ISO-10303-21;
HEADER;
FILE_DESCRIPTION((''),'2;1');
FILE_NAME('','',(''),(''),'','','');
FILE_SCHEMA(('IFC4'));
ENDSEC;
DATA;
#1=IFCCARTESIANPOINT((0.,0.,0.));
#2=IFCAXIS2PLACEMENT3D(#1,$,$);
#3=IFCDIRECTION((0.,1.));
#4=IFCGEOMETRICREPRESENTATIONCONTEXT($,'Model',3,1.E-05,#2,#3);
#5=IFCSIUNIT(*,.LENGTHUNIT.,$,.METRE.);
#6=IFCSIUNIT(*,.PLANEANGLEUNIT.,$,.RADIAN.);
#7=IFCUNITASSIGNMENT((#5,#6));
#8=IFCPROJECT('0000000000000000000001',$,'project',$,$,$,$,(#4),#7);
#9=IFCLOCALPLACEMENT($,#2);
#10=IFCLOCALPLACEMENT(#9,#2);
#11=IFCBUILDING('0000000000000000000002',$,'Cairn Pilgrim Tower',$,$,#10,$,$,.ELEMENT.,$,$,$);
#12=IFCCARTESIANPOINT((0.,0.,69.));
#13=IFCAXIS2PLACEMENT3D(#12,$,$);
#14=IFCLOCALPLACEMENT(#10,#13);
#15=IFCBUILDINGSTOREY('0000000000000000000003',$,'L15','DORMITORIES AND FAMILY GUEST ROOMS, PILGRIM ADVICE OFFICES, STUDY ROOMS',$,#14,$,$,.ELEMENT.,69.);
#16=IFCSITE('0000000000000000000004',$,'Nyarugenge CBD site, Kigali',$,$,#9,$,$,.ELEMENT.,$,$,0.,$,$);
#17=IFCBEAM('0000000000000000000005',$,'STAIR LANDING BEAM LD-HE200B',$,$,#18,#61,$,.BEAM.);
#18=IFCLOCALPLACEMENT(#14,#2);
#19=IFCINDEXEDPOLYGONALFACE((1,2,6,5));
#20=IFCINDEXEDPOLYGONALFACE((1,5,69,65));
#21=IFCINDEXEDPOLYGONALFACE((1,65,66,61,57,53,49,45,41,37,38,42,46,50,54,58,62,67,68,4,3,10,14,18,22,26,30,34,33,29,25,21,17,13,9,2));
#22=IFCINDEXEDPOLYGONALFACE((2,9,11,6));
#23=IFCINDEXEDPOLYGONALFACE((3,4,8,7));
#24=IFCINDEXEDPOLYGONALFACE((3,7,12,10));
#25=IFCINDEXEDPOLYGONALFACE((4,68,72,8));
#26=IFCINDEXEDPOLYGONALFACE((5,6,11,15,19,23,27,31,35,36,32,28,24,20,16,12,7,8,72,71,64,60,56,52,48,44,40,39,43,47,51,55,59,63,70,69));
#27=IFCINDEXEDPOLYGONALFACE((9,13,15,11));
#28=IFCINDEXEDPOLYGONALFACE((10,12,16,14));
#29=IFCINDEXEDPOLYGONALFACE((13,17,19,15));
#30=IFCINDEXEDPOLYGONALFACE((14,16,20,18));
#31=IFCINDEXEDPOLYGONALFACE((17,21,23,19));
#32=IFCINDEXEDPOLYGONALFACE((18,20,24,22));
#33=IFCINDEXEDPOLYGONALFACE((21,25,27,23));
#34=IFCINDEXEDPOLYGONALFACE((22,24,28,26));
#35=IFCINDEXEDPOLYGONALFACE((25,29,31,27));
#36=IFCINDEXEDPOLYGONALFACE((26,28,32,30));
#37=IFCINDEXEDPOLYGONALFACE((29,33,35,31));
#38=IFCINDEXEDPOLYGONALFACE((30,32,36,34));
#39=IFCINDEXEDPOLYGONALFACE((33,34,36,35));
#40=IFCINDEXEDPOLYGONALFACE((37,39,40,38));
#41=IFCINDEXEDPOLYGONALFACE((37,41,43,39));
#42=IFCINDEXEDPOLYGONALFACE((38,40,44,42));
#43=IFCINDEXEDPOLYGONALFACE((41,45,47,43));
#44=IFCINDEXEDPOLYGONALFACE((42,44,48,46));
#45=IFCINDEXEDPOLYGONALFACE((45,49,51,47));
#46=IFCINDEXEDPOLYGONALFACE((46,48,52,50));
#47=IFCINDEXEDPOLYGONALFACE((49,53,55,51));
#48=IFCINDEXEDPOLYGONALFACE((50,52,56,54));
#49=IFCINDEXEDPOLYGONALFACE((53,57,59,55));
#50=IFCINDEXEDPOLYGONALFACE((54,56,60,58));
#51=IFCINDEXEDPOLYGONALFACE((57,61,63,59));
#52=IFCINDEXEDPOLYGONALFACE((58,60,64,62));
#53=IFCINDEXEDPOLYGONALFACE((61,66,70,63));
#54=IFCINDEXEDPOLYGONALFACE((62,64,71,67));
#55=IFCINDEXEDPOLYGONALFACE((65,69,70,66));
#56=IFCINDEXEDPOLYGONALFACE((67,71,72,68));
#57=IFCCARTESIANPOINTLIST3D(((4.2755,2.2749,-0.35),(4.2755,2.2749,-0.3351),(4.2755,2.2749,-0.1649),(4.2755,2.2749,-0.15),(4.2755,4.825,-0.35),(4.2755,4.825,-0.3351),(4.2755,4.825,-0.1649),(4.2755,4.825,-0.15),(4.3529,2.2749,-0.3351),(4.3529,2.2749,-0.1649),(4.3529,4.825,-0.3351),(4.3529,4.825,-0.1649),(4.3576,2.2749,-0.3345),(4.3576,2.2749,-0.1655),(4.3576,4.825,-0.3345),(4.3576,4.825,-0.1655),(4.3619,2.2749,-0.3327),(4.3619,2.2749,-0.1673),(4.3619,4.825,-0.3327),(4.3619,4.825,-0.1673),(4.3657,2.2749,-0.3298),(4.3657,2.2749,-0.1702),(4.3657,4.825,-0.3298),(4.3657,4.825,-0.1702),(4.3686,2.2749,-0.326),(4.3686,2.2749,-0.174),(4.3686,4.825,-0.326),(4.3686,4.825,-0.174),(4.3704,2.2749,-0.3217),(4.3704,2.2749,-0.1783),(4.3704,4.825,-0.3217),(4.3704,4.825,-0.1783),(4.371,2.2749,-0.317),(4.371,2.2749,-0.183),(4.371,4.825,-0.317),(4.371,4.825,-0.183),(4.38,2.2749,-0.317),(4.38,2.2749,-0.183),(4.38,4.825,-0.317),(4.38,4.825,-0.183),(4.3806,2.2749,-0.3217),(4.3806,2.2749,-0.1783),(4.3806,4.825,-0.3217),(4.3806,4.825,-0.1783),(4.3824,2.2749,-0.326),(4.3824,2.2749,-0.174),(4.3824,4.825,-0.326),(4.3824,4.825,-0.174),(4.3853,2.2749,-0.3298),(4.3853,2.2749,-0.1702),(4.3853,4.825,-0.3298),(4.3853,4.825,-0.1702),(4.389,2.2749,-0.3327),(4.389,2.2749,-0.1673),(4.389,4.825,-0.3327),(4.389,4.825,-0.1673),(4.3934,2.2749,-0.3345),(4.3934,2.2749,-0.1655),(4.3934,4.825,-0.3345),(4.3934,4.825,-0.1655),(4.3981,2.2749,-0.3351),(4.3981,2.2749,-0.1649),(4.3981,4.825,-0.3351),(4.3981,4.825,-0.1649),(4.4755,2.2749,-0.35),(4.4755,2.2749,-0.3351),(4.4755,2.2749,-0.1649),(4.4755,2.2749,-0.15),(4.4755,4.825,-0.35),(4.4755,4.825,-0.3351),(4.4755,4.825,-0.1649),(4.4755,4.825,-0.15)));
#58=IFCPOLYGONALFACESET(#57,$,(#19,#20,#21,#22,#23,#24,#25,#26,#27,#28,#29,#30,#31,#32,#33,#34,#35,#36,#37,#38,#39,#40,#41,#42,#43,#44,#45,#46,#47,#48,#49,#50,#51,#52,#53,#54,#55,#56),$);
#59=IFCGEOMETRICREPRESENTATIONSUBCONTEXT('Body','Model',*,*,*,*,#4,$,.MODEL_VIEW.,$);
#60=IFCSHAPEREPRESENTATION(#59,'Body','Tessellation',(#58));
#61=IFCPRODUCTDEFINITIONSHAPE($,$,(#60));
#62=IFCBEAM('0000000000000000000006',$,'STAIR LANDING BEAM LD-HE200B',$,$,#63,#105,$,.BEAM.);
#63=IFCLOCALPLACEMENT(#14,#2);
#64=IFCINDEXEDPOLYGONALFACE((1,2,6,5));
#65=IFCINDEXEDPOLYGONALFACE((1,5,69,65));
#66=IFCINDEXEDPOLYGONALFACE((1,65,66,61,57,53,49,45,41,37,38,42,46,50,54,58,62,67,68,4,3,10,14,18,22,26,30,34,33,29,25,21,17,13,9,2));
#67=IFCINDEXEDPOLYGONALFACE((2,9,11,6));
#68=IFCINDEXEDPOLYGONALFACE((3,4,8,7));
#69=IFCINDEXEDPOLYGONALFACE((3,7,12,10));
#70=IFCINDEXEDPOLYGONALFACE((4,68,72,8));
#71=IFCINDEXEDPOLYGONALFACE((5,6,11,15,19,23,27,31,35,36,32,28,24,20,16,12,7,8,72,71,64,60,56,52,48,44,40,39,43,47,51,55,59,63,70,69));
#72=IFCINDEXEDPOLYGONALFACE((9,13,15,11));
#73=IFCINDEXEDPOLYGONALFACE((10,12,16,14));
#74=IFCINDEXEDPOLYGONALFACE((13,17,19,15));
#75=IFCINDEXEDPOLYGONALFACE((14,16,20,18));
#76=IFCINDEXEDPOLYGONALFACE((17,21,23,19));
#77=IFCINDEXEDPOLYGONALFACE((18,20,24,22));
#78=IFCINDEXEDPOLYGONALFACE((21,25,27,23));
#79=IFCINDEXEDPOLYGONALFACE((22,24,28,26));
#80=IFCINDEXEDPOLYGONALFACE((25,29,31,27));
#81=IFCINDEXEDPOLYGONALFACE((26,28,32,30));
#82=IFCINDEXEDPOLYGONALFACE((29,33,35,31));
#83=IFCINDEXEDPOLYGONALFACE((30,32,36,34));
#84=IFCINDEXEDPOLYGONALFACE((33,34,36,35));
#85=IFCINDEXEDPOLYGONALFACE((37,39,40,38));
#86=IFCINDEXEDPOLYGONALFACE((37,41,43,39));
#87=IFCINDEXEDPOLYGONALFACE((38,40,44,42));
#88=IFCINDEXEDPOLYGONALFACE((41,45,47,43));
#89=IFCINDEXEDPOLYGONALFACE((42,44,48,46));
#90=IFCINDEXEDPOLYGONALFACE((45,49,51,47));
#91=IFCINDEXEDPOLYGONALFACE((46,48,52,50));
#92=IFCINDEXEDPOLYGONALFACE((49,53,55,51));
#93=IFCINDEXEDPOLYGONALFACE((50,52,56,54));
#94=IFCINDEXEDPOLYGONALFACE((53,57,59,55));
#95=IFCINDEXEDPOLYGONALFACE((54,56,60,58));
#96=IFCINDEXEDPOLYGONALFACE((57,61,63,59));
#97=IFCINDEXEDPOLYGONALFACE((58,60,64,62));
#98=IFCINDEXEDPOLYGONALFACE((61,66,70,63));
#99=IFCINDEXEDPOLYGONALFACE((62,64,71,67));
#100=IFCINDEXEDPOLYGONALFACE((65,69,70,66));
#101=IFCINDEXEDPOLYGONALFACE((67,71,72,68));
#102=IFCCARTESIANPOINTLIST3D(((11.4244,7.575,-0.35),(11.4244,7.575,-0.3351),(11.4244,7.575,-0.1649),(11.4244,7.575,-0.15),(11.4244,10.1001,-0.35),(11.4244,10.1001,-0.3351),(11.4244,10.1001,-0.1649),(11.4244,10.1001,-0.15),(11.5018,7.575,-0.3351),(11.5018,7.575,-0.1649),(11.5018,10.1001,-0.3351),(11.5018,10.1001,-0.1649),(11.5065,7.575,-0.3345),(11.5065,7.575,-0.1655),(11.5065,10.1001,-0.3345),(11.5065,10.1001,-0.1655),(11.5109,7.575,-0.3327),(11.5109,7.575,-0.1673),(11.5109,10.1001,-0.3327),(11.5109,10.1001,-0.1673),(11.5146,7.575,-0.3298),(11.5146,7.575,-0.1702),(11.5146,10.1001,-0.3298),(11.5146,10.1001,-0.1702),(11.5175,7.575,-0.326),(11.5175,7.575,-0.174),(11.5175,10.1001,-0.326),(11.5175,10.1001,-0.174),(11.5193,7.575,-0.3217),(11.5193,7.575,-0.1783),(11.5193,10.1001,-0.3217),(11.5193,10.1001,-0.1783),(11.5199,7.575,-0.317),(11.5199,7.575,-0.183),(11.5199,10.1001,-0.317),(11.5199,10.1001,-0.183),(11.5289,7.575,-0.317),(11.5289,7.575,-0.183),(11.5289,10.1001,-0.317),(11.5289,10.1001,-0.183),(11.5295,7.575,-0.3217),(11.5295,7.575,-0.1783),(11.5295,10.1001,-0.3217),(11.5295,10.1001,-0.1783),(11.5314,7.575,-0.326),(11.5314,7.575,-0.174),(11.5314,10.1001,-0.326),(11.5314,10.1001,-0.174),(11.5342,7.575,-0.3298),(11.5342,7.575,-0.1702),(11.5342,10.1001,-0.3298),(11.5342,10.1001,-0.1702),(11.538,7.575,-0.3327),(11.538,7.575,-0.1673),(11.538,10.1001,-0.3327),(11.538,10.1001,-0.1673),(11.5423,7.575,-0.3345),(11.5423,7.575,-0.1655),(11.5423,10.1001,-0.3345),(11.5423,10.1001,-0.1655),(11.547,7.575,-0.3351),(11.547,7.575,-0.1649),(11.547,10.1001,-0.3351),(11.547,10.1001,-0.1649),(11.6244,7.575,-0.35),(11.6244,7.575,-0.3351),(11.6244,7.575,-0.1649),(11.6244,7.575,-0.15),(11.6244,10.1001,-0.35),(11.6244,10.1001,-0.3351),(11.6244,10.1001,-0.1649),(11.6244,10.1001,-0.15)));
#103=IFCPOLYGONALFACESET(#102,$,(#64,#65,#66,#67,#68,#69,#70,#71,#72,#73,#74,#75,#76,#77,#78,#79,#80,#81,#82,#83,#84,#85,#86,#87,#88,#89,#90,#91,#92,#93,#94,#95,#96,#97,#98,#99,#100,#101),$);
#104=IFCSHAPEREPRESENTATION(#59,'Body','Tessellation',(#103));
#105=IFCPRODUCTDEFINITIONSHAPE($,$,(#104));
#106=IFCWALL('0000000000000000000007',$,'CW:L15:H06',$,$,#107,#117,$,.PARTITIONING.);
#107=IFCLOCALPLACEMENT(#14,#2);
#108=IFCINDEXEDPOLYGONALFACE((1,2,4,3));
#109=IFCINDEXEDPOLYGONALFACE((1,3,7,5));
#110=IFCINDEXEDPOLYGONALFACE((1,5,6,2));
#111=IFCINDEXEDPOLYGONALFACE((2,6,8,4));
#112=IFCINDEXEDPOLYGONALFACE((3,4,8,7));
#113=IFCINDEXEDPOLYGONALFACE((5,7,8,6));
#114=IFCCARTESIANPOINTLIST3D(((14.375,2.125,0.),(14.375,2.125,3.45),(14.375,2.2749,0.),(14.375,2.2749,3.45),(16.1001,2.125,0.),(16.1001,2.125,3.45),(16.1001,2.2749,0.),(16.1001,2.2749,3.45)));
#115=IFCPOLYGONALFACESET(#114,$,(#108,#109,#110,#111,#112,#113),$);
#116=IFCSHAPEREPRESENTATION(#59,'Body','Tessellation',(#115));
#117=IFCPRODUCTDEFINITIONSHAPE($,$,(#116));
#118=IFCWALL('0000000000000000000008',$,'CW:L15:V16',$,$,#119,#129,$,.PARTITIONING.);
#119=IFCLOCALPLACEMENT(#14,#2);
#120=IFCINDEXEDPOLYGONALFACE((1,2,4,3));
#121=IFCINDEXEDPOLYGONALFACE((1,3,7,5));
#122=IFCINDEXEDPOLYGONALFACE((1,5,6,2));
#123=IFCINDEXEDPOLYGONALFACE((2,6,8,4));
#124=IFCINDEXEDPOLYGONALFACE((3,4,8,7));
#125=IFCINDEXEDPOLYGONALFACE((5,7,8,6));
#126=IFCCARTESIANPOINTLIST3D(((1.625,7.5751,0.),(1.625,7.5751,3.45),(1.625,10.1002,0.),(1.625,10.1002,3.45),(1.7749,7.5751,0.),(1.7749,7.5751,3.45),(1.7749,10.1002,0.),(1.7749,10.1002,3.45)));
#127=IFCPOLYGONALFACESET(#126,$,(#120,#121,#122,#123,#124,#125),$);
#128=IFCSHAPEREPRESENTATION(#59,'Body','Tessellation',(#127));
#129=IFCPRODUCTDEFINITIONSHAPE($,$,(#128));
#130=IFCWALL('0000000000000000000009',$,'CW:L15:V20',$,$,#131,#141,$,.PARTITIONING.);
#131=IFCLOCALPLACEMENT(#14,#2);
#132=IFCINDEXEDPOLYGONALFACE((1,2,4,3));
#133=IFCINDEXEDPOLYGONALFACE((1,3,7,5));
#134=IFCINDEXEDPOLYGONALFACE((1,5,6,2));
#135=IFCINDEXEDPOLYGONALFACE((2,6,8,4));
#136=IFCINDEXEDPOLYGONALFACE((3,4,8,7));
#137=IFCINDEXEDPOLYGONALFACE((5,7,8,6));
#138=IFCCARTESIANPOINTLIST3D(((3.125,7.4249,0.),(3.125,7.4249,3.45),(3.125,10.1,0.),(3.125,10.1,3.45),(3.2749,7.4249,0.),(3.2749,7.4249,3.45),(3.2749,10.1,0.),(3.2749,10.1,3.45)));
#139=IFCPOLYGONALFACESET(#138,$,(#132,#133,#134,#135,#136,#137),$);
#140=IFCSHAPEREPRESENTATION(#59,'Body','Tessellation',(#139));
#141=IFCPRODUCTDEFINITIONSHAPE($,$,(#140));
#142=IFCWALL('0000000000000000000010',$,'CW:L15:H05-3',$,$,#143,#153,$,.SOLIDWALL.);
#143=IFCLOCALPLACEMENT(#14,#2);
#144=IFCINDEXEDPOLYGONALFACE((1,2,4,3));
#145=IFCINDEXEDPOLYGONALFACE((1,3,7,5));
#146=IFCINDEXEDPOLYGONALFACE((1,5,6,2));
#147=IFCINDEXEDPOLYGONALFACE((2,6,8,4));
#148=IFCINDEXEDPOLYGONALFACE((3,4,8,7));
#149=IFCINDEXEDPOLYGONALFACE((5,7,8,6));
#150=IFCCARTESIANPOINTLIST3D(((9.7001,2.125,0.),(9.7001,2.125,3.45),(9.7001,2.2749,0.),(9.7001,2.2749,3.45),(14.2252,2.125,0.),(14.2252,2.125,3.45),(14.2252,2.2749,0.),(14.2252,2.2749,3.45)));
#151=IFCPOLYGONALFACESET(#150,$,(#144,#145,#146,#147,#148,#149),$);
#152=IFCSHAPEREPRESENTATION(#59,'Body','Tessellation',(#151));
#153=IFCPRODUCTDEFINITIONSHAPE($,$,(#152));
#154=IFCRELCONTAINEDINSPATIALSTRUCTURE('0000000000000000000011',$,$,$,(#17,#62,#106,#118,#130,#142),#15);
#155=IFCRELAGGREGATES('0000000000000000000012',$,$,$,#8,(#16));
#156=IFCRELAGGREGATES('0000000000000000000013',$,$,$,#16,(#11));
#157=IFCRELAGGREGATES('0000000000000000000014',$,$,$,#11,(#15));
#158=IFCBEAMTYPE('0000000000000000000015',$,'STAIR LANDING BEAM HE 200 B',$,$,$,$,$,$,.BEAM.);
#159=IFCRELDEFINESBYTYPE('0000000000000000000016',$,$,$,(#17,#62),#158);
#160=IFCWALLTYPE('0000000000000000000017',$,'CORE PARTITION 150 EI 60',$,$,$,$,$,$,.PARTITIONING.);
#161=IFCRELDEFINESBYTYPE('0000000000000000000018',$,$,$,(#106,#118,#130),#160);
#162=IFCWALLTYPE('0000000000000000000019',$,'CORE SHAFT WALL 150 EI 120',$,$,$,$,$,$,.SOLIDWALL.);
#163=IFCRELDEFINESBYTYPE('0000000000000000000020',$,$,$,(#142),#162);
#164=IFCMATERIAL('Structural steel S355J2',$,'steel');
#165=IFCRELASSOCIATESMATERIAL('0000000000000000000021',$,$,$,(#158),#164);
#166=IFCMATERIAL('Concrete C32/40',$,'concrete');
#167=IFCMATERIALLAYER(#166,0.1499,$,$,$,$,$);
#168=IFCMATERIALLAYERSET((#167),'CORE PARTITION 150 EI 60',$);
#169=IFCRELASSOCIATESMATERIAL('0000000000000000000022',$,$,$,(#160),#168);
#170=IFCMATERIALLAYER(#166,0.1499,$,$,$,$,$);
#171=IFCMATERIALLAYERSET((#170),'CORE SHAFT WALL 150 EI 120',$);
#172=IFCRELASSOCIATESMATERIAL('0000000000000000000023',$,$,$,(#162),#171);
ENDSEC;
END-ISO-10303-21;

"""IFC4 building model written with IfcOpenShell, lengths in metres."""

from ifc_helpers import new_model, si_unit, direction, frame, frame_2d, origin, origin_2d, place, context, subcontext, project, spatial, rectangle, i_section, extrude, material, layer, layer_set, material_profile, profile_set, type_object, element, save


model = new_model("IFC4")

# Units and contexts
model_context = context("Model", 3, precision=1e-05, world=origin(), true_north=direction((0.0, 1.0)))
body_context = subcontext(model_context, "Body", "Model", "MODEL_VIEW")
ifc_project = project(units=[si_unit("LENGTHUNIT", "METRE"), si_unit("PLANEANGLEUNIT", "RADIAN")], contexts=[model_context])

# Site, building, storey
site_placement = place(None, origin())
site = spatial("IfcSite", under=ifc_project, at=site_placement, Name="Nyarugenge CBD site, Kigali", CompositionType="ELEMENT", RefElevation=0.0)
building_placement = place(site_placement, origin())
building = spatial("IfcBuilding", under=site, at=building_placement, Name="Cairn Pilgrim Tower", CompositionType="ELEMENT")
storey_placement = place(building_placement, frame((0.0, 0.0, 69.0)))
storey = spatial("IfcBuildingStorey", under=building, at=storey_placement, Name="L15", Description="DORMITORIES AND FAMILY GUEST ROOMS, PILGRIM ADVICE OFFICES, STUDY ROOMS", CompositionType="ELEMENT", Elevation=69.0)

# Beams
ifc_material_1 = material(Name="Structural steel S355J2", Category="steel")
ifc_material_profile = material_profile(ifc_material_1, i_section(OverallWidth=0.2, OverallDepth=0.2, WebThickness=0.009, FlangeThickness=0.0149, FilletRadius=0.0181, at=origin_2d()), Name="HE 200 B")
ifc_profile_set = profile_set([ifc_material_profile], Name="Structural steel S355J2")
beam_type = type_object("IfcBeamType", Name="STAIR LANDING BEAM HE 200 B", PredefinedType="BEAM", material=ifc_profile_set)
beam_1_placement = place(storey_placement, frame((4.3755, 2.2749, -0.25), z_axis=(0.0, 1.0, 0.0), x_axis=(-1.0, 0.0, 0.0)))
element("IfcBeam", 1, at=beam_1_placement, inside=storey, type_object=beam_type, Name="STAIR LANDING BEAM LD-HE200B", PredefinedType="BEAM", context=body_context, shape_type="SweptSolid", body=[
    extrude(i_section(OverallWidth=0.2, OverallDepth=0.2, WebThickness=0.009, FlangeThickness=0.0149, FilletRadius=0.0181, at=origin_2d()), origin(), (0.0, 0.0, 1.0), 2.55),
])
beam_2_placement = place(storey_placement, frame((11.5244, 10.1001, -0.25), z_axis=(0.0, -1.0, 0.0), x_axis=(1.0, 0.0, 0.0)))
element("IfcBeam", 2, at=beam_2_placement, inside=storey, type_object=beam_type, Name="STAIR LANDING BEAM LD-HE200B", PredefinedType="BEAM", context=body_context, shape_type="SweptSolid", body=[
    extrude(i_section(OverallWidth=0.2, OverallDepth=0.2, WebThickness=0.009, FlangeThickness=0.0149, FilletRadius=0.0181, at=origin_2d()), origin(), (0.0, 0.0, 1.0), 2.5251),
])

# Walls
ifc_material_2 = material(Name="Concrete C32/40", Category="concrete")
ifc_layer_1 = layer(ifc_material_2, 0.1499)
ifc_layer_set_1 = layer_set([ifc_layer_1], Name="CORE PARTITION 150 EI 60")
wall_type_1 = type_object("IfcWallType", Name="CORE PARTITION 150 EI 60", PredefinedType="PARTITIONING", material=ifc_layer_set_1)
wall_1_placement = place(storey_placement, frame((14.375, 2.2, 0.0), z_axis=(0.0, 0.0, 1.0), x_axis=(1.0, 0.0, 0.0)))
element("IfcWall", 3, at=wall_1_placement, inside=storey, type_object=wall_type_1, Name="CW:L15:H06", PredefinedType="PARTITIONING", context=body_context, shape_type="SweptSolid", body=[
    extrude(rectangle(XDim=1.7251, YDim=0.1499, at=frame_2d((0.8625, 0.0))), origin(), (0.0, 0.0, 1.0), 3.45),
])
wall_2_placement = place(storey_placement, frame((1.7, 7.575, 0.0), z_axis=(0.0, 0.0, 1.0), x_axis=(0.0, 1.0, 0.0)))
element("IfcWall", 4, at=wall_2_placement, inside=storey, type_object=wall_type_1, Name="CW:L15:V16", PredefinedType="PARTITIONING", context=body_context, shape_type="SweptSolid", body=[
    extrude(rectangle(XDim=2.5251, YDim=0.1499, at=frame_2d((1.2627, 0.0))), origin(), (0.0, 0.0, 1.0), 3.45),
])
wall_3_placement = place(storey_placement, frame((3.2, 7.425, 0.0), z_axis=(0.0, 0.0, 1.0), x_axis=(0.0, 1.0, 0.0)))
element("IfcWall", 5, at=wall_3_placement, inside=storey, type_object=wall_type_1, Name="CW:L15:V20", PredefinedType="PARTITIONING", context=body_context, shape_type="SweptSolid", body=[
    extrude(rectangle(XDim=2.675, YDim=0.1499, at=frame_2d((1.3374, 0.0))), origin(), (0.0, 0.0, 1.0), 3.45),
])
ifc_layer_2 = layer(ifc_material_2, 0.1499)
ifc_layer_set_2 = layer_set([ifc_layer_2], Name="CORE SHAFT WALL 150 EI 120")
wall_type_2 = type_object("IfcWallType", Name="CORE SHAFT WALL 150 EI 120", PredefinedType="SOLIDWALL", material=ifc_layer_set_2)
wall_4_placement = place(storey_placement, frame((9.7, 2.2, 0.0), z_axis=(0.0, 0.0, 1.0), x_axis=(1.0, 0.0, 0.0)))
element("IfcWall", 6, at=wall_4_placement, inside=storey, type_object=wall_type_2, Name="CW:L15:H05-3", PredefinedType="SOLIDWALL", context=body_context, shape_type="SweptSolid", body=[
    extrude(rectangle(XDim=4.5251, YDim=0.1499, at=frame_2d((2.2627, 0.0))), origin(), (0.0, 0.0, 1.0), 3.45),
])

save(model, "model.ifc")
